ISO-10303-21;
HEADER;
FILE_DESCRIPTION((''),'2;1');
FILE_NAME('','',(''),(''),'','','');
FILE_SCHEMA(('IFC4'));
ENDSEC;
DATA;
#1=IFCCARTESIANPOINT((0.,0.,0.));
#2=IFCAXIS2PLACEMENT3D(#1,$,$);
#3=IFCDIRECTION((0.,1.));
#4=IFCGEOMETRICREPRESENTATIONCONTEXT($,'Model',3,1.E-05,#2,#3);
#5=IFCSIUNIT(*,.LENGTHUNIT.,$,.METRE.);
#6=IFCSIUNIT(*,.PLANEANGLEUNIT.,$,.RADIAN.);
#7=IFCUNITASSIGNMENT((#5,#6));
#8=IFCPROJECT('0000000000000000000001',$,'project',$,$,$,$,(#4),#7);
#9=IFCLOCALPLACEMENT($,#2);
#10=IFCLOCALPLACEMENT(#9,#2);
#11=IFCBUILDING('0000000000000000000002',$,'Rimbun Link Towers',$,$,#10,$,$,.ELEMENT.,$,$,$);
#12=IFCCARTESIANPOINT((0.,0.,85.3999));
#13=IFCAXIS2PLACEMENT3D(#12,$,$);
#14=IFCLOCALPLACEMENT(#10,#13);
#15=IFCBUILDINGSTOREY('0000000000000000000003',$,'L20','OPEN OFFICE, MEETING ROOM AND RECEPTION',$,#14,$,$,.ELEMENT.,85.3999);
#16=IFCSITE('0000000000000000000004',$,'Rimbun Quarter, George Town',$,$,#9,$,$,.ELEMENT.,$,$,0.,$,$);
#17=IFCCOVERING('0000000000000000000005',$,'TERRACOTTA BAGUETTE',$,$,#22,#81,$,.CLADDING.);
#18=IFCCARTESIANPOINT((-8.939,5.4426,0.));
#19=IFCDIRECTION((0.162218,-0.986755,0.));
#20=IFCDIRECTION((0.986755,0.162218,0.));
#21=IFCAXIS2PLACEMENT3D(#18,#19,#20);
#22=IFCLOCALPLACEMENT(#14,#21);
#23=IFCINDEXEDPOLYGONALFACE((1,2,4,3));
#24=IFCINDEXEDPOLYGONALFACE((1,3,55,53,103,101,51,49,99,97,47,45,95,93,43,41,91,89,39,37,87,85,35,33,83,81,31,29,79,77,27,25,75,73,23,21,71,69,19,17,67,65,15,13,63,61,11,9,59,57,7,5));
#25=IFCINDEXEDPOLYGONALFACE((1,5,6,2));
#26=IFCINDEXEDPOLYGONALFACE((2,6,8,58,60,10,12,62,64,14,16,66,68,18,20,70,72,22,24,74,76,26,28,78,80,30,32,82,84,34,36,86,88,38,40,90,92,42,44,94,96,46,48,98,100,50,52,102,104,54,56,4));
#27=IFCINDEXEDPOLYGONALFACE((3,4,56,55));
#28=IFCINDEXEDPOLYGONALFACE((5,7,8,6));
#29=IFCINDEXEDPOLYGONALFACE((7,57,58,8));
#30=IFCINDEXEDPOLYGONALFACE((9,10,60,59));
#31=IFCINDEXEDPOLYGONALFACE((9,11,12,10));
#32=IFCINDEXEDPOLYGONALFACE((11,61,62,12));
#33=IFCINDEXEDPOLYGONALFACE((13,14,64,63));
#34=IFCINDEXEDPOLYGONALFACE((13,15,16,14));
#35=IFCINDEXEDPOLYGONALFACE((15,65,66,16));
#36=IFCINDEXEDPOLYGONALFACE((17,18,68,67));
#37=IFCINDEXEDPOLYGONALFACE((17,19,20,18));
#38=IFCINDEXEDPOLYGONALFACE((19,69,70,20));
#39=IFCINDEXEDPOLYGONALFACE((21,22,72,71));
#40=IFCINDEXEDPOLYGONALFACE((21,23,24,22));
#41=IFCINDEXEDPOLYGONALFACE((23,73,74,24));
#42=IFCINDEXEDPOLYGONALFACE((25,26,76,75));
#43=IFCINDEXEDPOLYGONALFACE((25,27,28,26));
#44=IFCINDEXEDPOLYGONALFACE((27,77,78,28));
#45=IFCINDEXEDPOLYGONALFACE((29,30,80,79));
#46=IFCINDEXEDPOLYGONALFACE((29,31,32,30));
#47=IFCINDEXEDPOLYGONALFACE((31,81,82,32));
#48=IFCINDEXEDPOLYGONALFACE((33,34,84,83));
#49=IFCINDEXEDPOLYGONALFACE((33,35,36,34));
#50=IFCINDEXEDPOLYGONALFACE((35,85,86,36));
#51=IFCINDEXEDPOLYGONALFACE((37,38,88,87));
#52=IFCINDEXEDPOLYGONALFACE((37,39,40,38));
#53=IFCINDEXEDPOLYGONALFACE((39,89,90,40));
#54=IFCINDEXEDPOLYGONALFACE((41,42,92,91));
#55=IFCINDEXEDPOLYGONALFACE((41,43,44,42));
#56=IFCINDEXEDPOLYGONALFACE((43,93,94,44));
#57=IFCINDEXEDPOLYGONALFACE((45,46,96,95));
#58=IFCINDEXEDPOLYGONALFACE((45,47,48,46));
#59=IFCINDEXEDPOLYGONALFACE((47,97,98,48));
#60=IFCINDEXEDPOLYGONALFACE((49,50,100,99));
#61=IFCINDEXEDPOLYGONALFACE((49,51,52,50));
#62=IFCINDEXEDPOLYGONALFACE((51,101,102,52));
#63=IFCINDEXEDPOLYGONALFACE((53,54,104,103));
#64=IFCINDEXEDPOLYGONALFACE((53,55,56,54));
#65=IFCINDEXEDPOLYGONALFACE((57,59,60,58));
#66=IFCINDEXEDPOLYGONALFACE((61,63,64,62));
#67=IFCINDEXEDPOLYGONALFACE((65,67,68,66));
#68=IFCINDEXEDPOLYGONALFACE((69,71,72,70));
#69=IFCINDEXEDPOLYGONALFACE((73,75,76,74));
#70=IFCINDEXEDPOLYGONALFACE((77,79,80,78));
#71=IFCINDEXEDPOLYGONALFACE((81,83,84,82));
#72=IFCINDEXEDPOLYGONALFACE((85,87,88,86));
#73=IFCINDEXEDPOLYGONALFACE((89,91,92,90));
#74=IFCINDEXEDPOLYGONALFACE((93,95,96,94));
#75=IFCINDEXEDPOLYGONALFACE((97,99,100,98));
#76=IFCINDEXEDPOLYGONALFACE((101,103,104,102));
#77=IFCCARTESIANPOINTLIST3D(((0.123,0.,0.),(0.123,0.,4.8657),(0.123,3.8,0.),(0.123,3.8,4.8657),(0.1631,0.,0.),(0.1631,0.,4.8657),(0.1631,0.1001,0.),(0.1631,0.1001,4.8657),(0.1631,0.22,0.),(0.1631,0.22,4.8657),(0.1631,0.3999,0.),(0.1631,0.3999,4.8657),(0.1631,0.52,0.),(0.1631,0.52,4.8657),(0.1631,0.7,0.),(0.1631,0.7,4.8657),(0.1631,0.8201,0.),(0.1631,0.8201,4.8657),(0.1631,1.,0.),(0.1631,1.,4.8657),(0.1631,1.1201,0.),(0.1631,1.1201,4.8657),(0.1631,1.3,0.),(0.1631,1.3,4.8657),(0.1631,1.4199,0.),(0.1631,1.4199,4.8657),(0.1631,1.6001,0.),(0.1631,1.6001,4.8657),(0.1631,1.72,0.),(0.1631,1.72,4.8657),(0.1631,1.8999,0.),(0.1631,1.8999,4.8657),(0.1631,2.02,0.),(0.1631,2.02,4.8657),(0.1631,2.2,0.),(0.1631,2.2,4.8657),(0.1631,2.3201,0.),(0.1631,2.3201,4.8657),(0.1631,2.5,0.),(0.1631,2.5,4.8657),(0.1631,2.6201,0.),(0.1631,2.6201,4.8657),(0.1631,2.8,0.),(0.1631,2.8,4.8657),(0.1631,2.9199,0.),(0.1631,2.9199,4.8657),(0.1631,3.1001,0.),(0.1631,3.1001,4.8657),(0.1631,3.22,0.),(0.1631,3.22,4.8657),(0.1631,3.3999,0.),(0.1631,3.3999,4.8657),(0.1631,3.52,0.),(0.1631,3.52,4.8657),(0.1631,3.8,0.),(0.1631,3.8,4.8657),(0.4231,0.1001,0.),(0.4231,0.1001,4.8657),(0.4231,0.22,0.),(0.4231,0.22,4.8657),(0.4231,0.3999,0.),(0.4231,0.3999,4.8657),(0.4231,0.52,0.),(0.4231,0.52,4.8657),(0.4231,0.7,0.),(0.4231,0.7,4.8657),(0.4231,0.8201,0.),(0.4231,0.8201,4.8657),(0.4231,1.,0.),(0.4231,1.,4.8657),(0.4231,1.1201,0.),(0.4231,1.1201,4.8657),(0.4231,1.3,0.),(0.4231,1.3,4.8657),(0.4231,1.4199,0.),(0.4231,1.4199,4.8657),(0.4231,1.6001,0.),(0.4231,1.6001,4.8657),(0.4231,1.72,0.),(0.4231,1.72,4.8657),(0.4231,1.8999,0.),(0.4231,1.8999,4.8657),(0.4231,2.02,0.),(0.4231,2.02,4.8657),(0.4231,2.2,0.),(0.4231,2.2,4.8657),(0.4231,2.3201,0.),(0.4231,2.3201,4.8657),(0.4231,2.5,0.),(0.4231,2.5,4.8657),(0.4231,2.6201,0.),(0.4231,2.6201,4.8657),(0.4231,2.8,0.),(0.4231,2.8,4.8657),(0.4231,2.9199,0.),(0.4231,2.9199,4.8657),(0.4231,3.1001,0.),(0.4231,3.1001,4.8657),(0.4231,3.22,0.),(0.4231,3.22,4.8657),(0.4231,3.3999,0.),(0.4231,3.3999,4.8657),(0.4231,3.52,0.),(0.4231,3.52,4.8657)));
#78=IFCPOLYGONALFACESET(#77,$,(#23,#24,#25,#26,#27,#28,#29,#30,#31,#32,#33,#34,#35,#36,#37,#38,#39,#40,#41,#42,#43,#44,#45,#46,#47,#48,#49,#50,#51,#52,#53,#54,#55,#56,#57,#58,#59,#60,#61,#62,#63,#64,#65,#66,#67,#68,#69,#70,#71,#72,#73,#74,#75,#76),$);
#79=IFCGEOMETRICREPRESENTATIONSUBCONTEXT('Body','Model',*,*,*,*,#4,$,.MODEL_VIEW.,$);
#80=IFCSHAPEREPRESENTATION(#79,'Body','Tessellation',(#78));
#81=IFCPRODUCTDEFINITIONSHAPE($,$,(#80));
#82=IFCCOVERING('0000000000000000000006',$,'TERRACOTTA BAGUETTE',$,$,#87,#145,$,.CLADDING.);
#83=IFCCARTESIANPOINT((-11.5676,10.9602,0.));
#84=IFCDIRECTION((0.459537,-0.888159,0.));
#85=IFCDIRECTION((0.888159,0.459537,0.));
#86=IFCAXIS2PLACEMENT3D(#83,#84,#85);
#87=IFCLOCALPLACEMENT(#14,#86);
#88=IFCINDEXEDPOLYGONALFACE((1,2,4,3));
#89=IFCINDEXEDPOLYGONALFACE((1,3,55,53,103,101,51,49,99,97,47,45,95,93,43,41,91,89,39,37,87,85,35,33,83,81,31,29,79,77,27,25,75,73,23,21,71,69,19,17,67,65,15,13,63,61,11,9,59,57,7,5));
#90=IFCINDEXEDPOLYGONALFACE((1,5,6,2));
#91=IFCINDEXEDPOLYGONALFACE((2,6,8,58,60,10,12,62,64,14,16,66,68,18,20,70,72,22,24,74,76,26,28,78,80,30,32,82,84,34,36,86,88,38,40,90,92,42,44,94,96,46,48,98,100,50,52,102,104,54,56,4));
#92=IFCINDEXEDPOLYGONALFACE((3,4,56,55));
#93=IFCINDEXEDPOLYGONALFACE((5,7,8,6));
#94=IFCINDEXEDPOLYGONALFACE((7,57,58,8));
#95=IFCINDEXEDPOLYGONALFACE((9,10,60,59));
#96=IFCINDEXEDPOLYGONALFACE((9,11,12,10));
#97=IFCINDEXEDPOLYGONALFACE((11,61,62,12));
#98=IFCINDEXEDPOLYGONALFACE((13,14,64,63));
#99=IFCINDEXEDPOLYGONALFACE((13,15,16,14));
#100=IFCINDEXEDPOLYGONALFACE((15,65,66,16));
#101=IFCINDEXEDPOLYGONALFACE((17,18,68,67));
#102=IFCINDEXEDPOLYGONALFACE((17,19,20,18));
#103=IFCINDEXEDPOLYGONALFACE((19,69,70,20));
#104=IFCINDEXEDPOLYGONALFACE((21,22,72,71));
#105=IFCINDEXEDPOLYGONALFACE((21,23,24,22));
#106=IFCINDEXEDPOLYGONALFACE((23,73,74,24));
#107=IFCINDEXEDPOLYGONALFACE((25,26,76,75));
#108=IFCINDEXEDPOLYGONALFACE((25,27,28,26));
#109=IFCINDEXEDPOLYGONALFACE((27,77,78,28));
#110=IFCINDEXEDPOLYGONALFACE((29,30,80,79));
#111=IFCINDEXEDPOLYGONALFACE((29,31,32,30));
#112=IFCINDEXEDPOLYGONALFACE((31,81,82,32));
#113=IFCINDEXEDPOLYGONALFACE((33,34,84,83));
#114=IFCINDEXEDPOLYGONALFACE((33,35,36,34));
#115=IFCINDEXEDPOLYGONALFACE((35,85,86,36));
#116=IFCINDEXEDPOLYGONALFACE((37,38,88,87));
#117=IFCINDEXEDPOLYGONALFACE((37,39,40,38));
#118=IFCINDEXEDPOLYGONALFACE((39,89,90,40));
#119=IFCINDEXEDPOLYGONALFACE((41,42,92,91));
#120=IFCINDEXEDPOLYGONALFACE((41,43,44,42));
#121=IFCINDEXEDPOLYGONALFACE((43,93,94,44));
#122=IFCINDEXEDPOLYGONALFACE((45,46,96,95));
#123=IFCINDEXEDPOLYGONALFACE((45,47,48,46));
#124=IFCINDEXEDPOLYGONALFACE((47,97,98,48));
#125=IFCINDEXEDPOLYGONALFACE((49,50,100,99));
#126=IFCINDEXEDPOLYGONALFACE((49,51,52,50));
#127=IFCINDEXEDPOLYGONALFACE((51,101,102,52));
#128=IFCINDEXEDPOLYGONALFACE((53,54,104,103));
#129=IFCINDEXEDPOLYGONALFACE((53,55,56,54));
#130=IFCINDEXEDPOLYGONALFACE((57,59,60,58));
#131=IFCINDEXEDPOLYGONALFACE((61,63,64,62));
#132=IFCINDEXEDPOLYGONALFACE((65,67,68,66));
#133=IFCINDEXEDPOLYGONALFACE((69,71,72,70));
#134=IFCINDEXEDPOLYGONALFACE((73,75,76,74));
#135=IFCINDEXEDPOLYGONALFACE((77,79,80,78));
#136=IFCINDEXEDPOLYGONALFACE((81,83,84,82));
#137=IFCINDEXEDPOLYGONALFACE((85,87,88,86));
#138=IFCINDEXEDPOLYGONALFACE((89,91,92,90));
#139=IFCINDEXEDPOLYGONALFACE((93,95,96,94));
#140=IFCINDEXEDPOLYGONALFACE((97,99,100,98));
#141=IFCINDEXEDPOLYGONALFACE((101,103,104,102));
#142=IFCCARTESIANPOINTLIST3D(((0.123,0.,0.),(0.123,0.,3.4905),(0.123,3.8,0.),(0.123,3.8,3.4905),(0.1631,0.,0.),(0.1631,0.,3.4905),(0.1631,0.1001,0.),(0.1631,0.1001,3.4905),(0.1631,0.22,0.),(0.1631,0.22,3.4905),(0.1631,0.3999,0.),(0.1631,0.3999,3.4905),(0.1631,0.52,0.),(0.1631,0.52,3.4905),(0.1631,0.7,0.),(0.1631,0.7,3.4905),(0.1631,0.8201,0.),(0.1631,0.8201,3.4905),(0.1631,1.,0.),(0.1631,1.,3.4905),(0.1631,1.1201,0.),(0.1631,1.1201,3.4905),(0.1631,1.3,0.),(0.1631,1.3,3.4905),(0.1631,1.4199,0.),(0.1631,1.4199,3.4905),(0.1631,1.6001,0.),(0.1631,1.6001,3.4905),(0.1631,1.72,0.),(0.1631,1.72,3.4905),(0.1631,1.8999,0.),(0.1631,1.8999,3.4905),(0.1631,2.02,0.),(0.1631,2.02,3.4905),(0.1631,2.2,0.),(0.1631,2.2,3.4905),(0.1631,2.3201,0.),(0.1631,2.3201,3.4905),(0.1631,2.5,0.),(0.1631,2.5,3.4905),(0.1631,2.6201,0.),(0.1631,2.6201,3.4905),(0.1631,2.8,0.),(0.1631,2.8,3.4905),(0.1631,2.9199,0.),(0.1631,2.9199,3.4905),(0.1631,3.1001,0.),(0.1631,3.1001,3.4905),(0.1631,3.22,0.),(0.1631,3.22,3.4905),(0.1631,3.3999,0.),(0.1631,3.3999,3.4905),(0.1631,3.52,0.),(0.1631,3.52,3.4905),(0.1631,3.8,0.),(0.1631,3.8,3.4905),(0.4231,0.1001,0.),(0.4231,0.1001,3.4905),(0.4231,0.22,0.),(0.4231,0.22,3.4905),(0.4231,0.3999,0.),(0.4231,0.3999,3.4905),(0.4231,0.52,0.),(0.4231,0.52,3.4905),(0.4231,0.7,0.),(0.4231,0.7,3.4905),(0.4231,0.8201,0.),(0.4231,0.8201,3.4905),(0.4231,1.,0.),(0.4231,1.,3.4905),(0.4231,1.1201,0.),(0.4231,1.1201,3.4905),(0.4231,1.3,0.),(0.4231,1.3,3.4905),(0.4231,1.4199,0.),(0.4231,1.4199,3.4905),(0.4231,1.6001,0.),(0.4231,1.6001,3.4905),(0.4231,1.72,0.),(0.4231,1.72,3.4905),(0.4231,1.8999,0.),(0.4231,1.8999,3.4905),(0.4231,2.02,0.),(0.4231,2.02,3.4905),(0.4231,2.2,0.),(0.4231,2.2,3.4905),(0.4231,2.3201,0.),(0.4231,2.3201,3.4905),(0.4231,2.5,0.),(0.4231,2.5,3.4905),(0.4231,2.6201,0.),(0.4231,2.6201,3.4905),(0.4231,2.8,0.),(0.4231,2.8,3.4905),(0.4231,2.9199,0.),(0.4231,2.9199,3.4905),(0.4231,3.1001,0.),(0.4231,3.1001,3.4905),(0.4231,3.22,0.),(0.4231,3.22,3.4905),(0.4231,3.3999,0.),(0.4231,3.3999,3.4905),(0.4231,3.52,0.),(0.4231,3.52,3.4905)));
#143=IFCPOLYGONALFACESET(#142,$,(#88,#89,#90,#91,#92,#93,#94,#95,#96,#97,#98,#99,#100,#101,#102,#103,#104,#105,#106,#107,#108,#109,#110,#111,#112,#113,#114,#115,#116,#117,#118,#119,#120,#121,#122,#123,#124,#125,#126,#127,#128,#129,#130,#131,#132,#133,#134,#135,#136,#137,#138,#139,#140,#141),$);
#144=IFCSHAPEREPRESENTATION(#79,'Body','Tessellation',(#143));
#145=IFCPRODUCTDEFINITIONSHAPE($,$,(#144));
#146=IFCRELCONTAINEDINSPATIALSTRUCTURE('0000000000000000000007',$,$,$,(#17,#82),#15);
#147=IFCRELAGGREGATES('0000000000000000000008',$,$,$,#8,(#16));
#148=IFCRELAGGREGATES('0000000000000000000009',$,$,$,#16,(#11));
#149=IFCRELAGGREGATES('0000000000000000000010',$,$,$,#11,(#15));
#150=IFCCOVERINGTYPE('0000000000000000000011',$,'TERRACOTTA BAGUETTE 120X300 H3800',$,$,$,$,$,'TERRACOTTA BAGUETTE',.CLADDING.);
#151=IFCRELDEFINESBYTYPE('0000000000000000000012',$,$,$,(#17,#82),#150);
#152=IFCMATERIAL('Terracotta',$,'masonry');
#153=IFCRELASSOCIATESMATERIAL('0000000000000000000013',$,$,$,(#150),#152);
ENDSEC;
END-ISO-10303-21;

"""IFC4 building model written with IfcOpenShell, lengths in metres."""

from ifc_helpers import new_model, si_unit, direction, frame, origin, place, context, subcontext, project, spatial, polyline, outline, extrude, material, material_profile, profile_set, type_object, element, save


model = new_model("IFC4")

# Units and contexts
model_context = context("Model", 3, precision=1e-05, world=origin(), true_north=direction((0.0, 1.0)))
body_context = subcontext(model_context, "Body", "Model", "MODEL_VIEW")
ifc_project = project(units=[si_unit("LENGTHUNIT", "METRE"), si_unit("PLANEANGLEUNIT", "RADIAN")], contexts=[model_context])

# Site, building, storey
site_placement = place(None, origin())
site = spatial("IfcSite", under=ifc_project, at=site_placement, Name="Rimbun Quarter, George Town", CompositionType="ELEMENT", RefElevation=0.0)
building_placement = place(site_placement, origin())
building = spatial("IfcBuilding", under=site, at=building_placement, Name="Rimbun Link Towers", CompositionType="ELEMENT")
storey_placement = place(building_placement, frame((0.0, 0.0, 85.3999)))
storey = spatial("IfcBuildingStorey", under=building, at=storey_placement, Name="L20", Description="OPEN OFFICE, MEETING ROOM AND RECEPTION", CompositionType="ELEMENT", Elevation=85.3999)

# Coverings
ifc_material_1 = material(Name="Terracotta", Category="masonry")
ifc_material_profile_1 = material_profile(ifc_material_1, outline(polyline([(0.123, 0.0), (0.1631, 0.0), (0.1631, 0.1001), (0.4231, 0.1001), (0.4231, 0.22), (0.1631, 0.22), (0.1631, 0.3999), (0.4231, 0.3999), (0.4231, 0.52), (0.1631, 0.52), (0.1631, 0.7), (0.4231, 0.7), (0.4231, 0.8201), (0.1631, 0.8201), (0.1631, 1.0), (0.4231, 1.0), (0.4231, 1.1201), (0.1631, 1.1201), (0.1631, 1.3), (0.4231, 1.3), (0.4231, 1.4199), (0.1631, 1.4199), (0.1631, 1.6001), (0.4231, 1.6001), (0.4231, 1.72), (0.1631, 1.72), (0.1631, 1.8999), (0.4231, 1.8999), (0.4231, 2.02), (0.1631, 2.02), (0.1631, 2.2), (0.4231, 2.2), (0.4231, 2.3201), (0.1631, 2.3201), (0.1631, 2.5), (0.4231, 2.5), (0.4231, 2.6201), (0.1631, 2.6201), (0.1631, 2.8), (0.4231, 2.8), (0.4231, 2.9199), (0.1631, 2.9199), (0.1631, 3.1001), (0.4231, 3.1001), (0.4231, 3.22), (0.1631, 3.22), (0.1631, 3.3999), (0.4231, 3.3999), (0.4231, 3.52), (0.1631, 3.52), (0.1631, 3.8), (0.123, 3.8), (0.123, 0.0)])), Name="BAGUETTE 120X300")
ifc_profile_set_1 = profile_set([ifc_material_profile_1], Name="Terracotta")
covering_type_1 = type_object("IfcCoveringType", Name="TERRACOTTA BAGUETTE 120X300 H3800", ElementType="TERRACOTTA BAGUETTE", PredefinedType="CLADDING", material=ifc_profile_set_1)
covering_1_placement = place(storey_placement, frame((-8.939, 5.4426, 0.0), z_axis=(0.162218, -0.986755, 0.0), x_axis=(0.986755, 0.162218, 0.0)))
element("IfcCovering", 1, at=covering_1_placement, inside=storey, type_object=covering_type_1, Name="TERRACOTTA BAGUETTE", PredefinedType="CLADDING", context=body_context, shape_type="SweptSolid", body=[
    extrude(outline(polyline([(0.123, 0.0), (0.1631, 0.0), (0.1631, 0.1001), (0.4231, 0.1001), (0.4231, 0.22), (0.1631, 0.22), (0.1631, 0.3999), (0.4231, 0.3999), (0.4231, 0.52), (0.1631, 0.52), (0.1631, 0.7), (0.4231, 0.7), (0.4231, 0.8201), (0.1631, 0.8201), (0.1631, 1.0), (0.4231, 1.0), (0.4231, 1.1201), (0.1631, 1.1201), (0.1631, 1.3), (0.4231, 1.3), (0.4231, 1.4199), (0.1631, 1.4199), (0.1631, 1.6001), (0.4231, 1.6001), (0.4231, 1.72), (0.1631, 1.72), (0.1631, 1.8999), (0.4231, 1.8999), (0.4231, 2.02), (0.1631, 2.02), (0.1631, 2.2), (0.4231, 2.2), (0.4231, 2.3201), (0.1631, 2.3201), (0.1631, 2.5), (0.4231, 2.5), (0.4231, 2.6201), (0.1631, 2.6201), (0.1631, 2.8), (0.4231, 2.8), (0.4231, 2.9199), (0.1631, 2.9199), (0.1631, 3.1001), (0.4231, 3.1001), (0.4231, 3.22), (0.1631, 3.22), (0.1631, 3.3999), (0.4231, 3.3999), (0.4231, 3.52), (0.1631, 3.52), (0.1631, 3.8), (0.123, 3.8), (0.123, 0.0)])), origin(), (0.0, 0.0, 1.0), 4.8657),
])
covering_2_placement = place(storey_placement, frame((-11.5676, 10.9602, 0.0), z_axis=(0.459537, -0.888159, 0.0), x_axis=(0.888159, 0.459537, 0.0)))
element("IfcCovering", 2, at=covering_2_placement, inside=storey, type_object=covering_type_1, Name="TERRACOTTA BAGUETTE", PredefinedType="CLADDING", context=body_context, shape_type="SweptSolid", body=[
    extrude(outline(polyline([(0.123, 0.0), (0.1631, 0.0), (0.1631, 0.1001), (0.4231, 0.1001), (0.4231, 0.22), (0.1631, 0.22), (0.1631, 0.3999), (0.4231, 0.3999), (0.4231, 0.52), (0.1631, 0.52), (0.1631, 0.7), (0.4231, 0.7), (0.4231, 0.8201), (0.1631, 0.8201), (0.1631, 1.0), (0.4231, 1.0), (0.4231, 1.1201), (0.1631, 1.1201), (0.1631, 1.3), (0.4231, 1.3), (0.4231, 1.4199), (0.1631, 1.4199), (0.1631, 1.6001), (0.4231, 1.6001), (0.4231, 1.72), (0.1631, 1.72), (0.1631, 1.8999), (0.4231, 1.8999), (0.4231, 2.02), (0.1631, 2.02), (0.1631, 2.2), (0.4231, 2.2), (0.4231, 2.3201), (0.1631, 2.3201), (0.1631, 2.5), (0.4231, 2.5), (0.4231, 2.6201), (0.1631, 2.6201), (0.1631, 2.8), (0.4231, 2.8), (0.4231, 2.9199), (0.1631, 2.9199), (0.1631, 3.1001), (0.4231, 3.1001), (0.4231, 3.22), (0.1631, 3.22), (0.1631, 3.3999), (0.4231, 3.3999), (0.4231, 3.52), (0.1631, 3.52), (0.1631, 3.8), (0.123, 3.8), (0.123, 0.0)])), origin(), (0.0, 0.0, 1.0), 3.4905),
])

save(model, "model.ifc")
